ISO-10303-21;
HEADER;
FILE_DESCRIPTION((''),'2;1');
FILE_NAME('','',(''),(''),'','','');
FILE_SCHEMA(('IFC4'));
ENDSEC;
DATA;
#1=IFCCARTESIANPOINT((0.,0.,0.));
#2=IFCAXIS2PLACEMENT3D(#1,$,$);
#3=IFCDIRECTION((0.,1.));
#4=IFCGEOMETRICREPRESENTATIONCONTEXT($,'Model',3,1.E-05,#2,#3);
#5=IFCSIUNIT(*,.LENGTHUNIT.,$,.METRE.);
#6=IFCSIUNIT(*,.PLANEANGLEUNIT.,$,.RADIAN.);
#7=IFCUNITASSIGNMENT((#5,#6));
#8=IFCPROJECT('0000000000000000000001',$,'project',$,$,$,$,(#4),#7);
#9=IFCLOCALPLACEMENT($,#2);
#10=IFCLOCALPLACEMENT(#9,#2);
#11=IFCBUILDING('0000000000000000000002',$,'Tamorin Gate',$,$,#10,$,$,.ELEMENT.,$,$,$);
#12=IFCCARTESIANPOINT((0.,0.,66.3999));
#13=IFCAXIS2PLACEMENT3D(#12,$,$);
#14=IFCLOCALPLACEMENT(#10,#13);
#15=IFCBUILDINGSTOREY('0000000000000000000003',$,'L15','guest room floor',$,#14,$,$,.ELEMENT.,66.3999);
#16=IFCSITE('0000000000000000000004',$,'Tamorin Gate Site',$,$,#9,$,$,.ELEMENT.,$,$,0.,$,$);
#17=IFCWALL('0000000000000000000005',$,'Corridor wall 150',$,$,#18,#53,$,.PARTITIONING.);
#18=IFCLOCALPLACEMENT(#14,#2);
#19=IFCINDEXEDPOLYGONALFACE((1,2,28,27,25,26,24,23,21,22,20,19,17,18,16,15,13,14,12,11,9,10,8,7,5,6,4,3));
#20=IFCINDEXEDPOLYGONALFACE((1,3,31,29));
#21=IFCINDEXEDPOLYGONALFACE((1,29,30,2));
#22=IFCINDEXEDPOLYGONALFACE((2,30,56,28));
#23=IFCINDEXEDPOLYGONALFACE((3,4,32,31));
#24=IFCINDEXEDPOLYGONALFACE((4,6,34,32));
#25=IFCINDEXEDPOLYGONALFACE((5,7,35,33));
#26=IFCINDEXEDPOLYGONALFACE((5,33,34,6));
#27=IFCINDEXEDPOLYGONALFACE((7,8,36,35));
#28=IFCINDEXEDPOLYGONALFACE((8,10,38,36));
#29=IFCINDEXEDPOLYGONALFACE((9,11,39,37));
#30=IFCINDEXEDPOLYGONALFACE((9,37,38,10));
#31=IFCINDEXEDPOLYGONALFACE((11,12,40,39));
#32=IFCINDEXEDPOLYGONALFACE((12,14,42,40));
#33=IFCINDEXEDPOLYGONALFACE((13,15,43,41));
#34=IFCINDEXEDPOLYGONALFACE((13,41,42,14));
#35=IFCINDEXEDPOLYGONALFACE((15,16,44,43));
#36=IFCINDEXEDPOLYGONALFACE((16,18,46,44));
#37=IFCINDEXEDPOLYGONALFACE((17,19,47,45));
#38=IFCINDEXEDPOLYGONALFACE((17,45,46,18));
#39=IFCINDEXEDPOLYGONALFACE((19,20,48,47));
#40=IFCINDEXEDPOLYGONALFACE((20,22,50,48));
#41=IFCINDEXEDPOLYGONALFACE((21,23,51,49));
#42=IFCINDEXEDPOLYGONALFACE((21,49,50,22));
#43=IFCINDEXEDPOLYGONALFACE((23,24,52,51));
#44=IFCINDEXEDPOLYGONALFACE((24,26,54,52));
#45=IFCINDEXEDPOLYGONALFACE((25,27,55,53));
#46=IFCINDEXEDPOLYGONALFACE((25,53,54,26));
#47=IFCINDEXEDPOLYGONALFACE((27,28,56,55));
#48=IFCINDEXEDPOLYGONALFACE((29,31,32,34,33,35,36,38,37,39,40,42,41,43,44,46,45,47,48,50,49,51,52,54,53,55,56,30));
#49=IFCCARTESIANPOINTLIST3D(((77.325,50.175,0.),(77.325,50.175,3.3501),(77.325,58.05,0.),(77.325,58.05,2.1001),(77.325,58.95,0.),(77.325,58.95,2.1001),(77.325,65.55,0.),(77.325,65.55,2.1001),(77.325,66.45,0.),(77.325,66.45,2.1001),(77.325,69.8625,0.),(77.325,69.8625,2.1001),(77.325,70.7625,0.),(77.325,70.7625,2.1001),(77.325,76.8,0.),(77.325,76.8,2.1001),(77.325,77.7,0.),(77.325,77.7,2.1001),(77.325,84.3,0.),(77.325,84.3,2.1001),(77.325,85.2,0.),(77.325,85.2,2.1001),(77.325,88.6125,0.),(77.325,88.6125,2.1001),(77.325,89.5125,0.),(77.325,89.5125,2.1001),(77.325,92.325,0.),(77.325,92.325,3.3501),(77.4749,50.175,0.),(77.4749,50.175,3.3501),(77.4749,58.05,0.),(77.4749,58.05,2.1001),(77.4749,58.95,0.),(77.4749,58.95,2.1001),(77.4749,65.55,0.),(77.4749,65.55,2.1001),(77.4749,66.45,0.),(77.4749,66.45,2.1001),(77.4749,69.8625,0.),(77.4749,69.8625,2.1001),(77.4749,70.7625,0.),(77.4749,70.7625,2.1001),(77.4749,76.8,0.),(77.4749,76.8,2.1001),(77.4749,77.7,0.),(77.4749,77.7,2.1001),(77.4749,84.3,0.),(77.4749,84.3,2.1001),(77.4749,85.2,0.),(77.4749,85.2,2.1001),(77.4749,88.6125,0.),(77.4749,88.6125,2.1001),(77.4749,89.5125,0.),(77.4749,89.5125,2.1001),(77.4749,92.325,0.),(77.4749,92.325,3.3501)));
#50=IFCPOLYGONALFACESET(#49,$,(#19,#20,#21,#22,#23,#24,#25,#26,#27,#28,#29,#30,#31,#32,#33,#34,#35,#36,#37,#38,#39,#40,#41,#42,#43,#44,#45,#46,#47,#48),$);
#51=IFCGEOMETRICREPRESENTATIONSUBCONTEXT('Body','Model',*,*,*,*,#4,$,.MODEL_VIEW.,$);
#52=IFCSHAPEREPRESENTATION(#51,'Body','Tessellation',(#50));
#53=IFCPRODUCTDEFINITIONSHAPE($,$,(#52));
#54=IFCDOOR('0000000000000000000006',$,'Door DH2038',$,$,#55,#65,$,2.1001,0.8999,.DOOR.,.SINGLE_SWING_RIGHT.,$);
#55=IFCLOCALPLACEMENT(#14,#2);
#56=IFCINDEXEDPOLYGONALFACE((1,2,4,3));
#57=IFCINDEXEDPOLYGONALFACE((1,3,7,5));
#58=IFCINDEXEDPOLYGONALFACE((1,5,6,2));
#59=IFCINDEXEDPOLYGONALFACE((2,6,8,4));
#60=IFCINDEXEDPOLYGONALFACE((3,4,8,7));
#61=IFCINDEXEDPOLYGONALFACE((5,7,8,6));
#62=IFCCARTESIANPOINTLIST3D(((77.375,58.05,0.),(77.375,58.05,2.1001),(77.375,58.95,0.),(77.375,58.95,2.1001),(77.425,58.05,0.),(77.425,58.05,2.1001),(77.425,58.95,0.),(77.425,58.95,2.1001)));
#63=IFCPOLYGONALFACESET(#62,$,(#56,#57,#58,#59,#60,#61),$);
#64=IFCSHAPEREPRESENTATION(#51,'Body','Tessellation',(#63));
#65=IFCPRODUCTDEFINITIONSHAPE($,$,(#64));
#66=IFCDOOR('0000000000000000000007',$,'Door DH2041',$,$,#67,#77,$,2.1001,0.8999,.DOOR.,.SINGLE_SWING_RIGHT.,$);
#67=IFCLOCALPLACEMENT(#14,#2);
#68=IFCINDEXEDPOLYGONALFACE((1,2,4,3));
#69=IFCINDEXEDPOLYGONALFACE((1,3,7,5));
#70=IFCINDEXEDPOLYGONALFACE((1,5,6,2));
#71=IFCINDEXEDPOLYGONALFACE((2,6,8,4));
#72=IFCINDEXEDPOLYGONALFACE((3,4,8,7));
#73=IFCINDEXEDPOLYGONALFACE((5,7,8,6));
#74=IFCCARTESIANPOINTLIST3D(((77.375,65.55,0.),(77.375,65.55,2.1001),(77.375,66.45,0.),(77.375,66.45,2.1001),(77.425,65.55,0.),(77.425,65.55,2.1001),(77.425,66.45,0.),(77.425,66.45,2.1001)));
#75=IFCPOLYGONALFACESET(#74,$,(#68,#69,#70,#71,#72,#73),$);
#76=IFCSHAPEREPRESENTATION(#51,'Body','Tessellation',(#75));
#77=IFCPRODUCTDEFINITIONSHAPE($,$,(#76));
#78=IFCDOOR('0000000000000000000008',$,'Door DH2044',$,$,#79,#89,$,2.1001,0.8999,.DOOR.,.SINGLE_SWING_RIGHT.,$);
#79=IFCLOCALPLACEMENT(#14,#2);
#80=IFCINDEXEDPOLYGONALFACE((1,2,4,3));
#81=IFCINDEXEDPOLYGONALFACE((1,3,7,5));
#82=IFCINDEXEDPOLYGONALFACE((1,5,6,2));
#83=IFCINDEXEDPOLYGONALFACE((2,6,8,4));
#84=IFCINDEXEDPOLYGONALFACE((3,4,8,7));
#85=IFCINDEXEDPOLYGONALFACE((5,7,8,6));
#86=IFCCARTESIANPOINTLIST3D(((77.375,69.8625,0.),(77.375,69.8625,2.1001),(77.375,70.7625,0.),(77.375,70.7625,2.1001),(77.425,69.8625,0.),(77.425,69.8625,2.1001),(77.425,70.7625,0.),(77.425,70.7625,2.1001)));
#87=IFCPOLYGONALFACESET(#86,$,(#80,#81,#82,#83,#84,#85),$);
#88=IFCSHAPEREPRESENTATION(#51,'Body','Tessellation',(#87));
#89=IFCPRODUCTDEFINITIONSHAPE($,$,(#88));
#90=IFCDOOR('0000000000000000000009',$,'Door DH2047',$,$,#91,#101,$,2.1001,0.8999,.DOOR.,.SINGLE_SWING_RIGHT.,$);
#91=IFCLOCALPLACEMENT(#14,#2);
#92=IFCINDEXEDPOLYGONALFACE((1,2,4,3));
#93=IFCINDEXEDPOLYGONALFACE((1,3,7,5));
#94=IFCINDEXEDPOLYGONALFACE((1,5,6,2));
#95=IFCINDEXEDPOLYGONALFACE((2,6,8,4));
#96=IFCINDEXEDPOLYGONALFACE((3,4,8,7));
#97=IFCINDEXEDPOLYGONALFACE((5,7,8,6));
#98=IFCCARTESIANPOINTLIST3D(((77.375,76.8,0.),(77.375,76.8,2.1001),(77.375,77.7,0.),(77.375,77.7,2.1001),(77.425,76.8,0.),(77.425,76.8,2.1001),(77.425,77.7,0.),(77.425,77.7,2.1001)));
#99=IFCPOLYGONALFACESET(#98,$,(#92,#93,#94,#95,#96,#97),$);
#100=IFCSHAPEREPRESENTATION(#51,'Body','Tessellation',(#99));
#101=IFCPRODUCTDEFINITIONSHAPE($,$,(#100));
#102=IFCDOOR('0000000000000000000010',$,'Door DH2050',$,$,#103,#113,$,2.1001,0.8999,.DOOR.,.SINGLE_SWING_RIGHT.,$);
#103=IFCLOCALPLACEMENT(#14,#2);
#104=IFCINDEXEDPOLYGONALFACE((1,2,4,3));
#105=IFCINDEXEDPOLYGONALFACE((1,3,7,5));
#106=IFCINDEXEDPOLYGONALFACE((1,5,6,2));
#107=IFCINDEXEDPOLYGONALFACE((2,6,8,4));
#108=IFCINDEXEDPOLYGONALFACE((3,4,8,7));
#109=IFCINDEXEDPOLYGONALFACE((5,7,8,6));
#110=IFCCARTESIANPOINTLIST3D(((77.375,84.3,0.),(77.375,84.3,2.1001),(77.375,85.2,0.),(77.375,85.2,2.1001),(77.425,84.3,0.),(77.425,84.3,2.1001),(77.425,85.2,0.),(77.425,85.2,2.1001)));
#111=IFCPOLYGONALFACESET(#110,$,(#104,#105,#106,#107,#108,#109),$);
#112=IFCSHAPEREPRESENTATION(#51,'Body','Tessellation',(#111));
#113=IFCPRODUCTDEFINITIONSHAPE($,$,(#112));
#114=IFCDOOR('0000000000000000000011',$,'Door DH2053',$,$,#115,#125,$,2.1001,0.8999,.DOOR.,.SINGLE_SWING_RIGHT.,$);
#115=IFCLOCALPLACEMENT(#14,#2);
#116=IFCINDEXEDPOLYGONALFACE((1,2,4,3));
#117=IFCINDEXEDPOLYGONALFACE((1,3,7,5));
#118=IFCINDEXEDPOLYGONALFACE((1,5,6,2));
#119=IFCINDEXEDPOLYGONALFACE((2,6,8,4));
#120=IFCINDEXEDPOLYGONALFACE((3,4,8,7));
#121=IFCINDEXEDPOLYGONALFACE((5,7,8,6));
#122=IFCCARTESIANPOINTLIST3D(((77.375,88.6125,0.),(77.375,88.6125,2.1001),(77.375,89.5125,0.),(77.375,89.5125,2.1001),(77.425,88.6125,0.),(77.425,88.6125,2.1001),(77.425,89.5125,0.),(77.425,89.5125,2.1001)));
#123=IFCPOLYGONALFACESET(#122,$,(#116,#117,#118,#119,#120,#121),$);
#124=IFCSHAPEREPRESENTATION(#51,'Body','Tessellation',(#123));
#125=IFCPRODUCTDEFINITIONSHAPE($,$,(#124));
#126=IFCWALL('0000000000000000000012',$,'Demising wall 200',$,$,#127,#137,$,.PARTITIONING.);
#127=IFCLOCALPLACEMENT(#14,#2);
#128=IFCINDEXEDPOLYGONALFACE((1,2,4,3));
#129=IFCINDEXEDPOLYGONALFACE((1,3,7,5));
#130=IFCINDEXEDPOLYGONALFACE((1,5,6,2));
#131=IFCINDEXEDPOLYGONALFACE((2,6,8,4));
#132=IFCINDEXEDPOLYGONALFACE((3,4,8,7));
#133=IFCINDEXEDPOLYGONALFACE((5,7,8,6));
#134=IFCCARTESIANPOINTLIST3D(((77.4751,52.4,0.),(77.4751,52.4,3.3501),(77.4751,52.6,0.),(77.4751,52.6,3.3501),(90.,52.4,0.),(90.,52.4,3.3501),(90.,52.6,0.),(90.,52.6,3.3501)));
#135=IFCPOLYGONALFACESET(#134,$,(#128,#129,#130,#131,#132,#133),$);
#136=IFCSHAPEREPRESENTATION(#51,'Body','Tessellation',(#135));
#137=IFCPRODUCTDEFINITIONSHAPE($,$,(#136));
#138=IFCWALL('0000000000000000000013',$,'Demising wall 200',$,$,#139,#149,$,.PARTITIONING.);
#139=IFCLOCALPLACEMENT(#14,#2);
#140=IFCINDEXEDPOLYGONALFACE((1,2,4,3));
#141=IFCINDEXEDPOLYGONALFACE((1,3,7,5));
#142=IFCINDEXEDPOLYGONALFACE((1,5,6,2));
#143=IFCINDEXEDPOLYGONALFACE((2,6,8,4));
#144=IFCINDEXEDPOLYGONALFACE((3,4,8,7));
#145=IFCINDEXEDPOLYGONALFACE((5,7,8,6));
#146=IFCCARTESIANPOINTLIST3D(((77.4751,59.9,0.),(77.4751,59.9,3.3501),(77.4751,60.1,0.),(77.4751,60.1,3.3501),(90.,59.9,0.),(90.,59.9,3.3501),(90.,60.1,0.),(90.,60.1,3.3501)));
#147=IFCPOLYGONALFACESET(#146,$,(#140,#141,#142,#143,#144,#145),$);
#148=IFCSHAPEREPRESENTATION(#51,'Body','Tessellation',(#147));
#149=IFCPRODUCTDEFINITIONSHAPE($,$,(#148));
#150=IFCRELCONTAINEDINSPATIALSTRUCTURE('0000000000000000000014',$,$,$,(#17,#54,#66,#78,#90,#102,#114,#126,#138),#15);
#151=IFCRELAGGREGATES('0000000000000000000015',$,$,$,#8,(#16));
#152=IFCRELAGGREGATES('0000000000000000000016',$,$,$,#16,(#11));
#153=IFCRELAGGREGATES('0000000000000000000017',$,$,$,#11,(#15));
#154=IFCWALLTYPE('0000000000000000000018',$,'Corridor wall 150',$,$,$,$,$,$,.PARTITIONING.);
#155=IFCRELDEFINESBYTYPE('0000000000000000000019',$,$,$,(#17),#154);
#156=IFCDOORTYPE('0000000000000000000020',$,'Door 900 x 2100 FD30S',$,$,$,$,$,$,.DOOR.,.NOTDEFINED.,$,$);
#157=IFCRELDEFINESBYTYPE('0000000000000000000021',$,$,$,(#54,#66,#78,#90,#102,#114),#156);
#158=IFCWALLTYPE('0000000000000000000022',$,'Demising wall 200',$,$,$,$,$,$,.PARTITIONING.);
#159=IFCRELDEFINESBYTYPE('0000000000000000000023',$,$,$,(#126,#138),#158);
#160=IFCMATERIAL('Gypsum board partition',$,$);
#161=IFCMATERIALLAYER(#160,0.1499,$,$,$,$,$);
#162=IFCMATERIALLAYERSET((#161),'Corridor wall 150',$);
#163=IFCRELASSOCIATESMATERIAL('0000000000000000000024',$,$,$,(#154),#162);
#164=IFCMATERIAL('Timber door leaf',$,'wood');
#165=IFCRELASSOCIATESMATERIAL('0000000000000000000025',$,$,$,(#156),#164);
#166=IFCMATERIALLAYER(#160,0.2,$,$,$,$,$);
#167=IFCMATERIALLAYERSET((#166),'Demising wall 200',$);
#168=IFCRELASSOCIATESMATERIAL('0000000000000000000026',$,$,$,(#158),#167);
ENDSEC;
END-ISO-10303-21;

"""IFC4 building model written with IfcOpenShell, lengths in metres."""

from ifc_helpers import new_model, si_unit, direction, frame, frame_2d, origin, place, context, subcontext, project, spatial, rectangle, extrude, material, layer, layer_set, type_object, element, fill, save


model = new_model("IFC4")

# Units and contexts
model_context = context("Model", 3, precision=1e-05, world=origin(), true_north=direction((0.0, 1.0)))
body_context = subcontext(model_context, "Body", "Model", "MODEL_VIEW")
ifc_project = project(units=[si_unit("LENGTHUNIT", "METRE"), si_unit("PLANEANGLEUNIT", "RADIAN")], contexts=[model_context])

# Site, building, storey
site_placement = place(None, origin())
site = spatial("IfcSite", under=ifc_project, at=site_placement, Name="Tamorin Gate Site", CompositionType="ELEMENT", RefElevation=0.0)
building_placement = place(site_placement, origin())
building = spatial("IfcBuilding", under=site, at=building_placement, Name="Tamorin Gate", CompositionType="ELEMENT")
storey_placement = place(building_placement, frame((0.0, 0.0, 66.3999)))
storey = spatial("IfcBuildingStorey", under=building, at=storey_placement, Name="L15", Description="guest room floor", CompositionType="ELEMENT", Elevation=66.3999)

# Shared definitions
ifc_material_1 = material(Name="Gypsum board partition")
ifc_layer_1 = layer(ifc_material_1, 0.1499)
ifc_layer_set_1 = layer_set([ifc_layer_1], Name="Corridor wall 150")
wall_type_1 = type_object("IfcWallType", Name="Corridor wall 150", PredefinedType="PARTITIONING", material=ifc_layer_set_1)
ifc_material_2 = material(Name="Timber door leaf", Category="wood")
door_type_1 = type_object("IfcDoorType", Name="Door 900 x 2100 FD30S", OperationType="NOTDEFINED", PredefinedType="DOOR", material=ifc_material_2)

# Wall, openings, doors
wall_1_placement = place(storey_placement, frame((77.3999, 50.175, 0.0), z_axis=(0.0, 0.0, 1.0), x_axis=(0.0, 1.0, 0.0)))
wall_1 = element("IfcWall", 1, at=wall_1_placement, inside=storey, type_object=wall_type_1, Name="Corridor wall 150", PredefinedType="PARTITIONING", context=body_context, shape_type="SweptSolid", body=[
    extrude(rectangle(XDim=42.1499, YDim=0.1499, at=frame_2d((21.075, 0.0))), origin(), (0.0, 0.0, 1.0), 3.3501),
])
opening_1_placement = place(wall_1_placement, frame((7.875, 0.0, 0.0)))
opening_1 = element("IfcOpeningElement", 2, at=opening_1_placement, cuts=wall_1, PredefinedType="OPENING", context=body_context, shape_type="SweptSolid", body=[
    extrude(rectangle(XDim=0.8999, YDim=2.1001, at=frame_2d((0.45, 1.05))), frame((0.0, 0.085, 0.0), z_axis=(0.0, -1.0, 0.0), x_axis=(1.0, 0.0, 0.0)), (0.0, 0.0, 1.0), 0.1699),
])
opening_2_placement = place(wall_1_placement, frame((15.375, 0.0, 0.0)))
opening_2 = element("IfcOpeningElement", 3, at=opening_2_placement, cuts=wall_1, PredefinedType="OPENING", context=body_context, shape_type="SweptSolid", body=[
    extrude(rectangle(XDim=0.8999, YDim=2.1001, at=frame_2d((0.45, 1.05))), frame((0.0, 0.085, 0.0), z_axis=(0.0, -1.0, 0.0), x_axis=(1.0, 0.0, 0.0)), (0.0, 0.0, 1.0), 0.1699),
])
opening_3_placement = place(wall_1_placement, frame((19.6875, 0.0, 0.0)))
opening_3 = element("IfcOpeningElement", 4, at=opening_3_placement, cuts=wall_1, PredefinedType="OPENING", context=body_context, shape_type="SweptSolid", body=[
    extrude(rectangle(XDim=0.8999, YDim=2.1001, at=frame_2d((0.45, 1.05))), frame((0.0, 0.085, 0.0), z_axis=(0.0, -1.0, 0.0), x_axis=(1.0, 0.0, 0.0)), (0.0, 0.0, 1.0), 0.1699),
])
opening_4_placement = place(wall_1_placement, frame((26.625, 0.0, 0.0)))
opening_4 = element("IfcOpeningElement", 5, at=opening_4_placement, cuts=wall_1, PredefinedType="OPENING", context=body_context, shape_type="SweptSolid", body=[
    extrude(rectangle(XDim=0.8999, YDim=2.1001, at=frame_2d((0.45, 1.05))), frame((0.0, 0.085, 0.0), z_axis=(0.0, -1.0, 0.0), x_axis=(1.0, 0.0, 0.0)), (0.0, 0.0, 1.0), 0.1699),
])
opening_5_placement = place(wall_1_placement, frame((34.125, 0.0, 0.0)))
opening_5 = element("IfcOpeningElement", 6, at=opening_5_placement, cuts=wall_1, PredefinedType="OPENING", context=body_context, shape_type="SweptSolid", body=[
    extrude(rectangle(XDim=0.8999, YDim=2.1001, at=frame_2d((0.45, 1.05))), frame((0.0, 0.085, 0.0), z_axis=(0.0, -1.0, 0.0), x_axis=(1.0, 0.0, 0.0)), (0.0, 0.0, 1.0), 0.1699),
])
opening_6_placement = place(wall_1_placement, frame((38.4375, 0.0, 0.0)))
opening_6 = element("IfcOpeningElement", 7, at=opening_6_placement, cuts=wall_1, PredefinedType="OPENING", context=body_context, shape_type="SweptSolid", body=[
    extrude(rectangle(XDim=0.8999, YDim=2.1001, at=frame_2d((0.45, 1.05))), frame((0.0, 0.085, 0.0), z_axis=(0.0, -1.0, 0.0), x_axis=(1.0, 0.0, 0.0)), (0.0, 0.0, 1.0), 0.1699),
])
door_1_placement = place(opening_1_placement, origin())
door_1 = element("IfcDoor", 8, at=door_1_placement, inside=storey, type_object=door_type_1, Name="Door DH2038", OperationType="SINGLE_SWING_RIGHT", OverallHeight=2.1001, OverallWidth=0.8999, PredefinedType="DOOR", context=body_context, shape_type="SweptSolid", body=[
    extrude(rectangle(XDim=0.8999, YDim=2.1001, at=frame_2d((0.45, 1.05))), frame((0.0, 0.0249, 0.0), z_axis=(0.0, -1.0, 0.0), x_axis=(1.0, 0.0, 0.0)), (0.0, 0.0, 1.0), 0.05),
])
fill(opening_1, door_1)
door_2_placement = place(opening_2_placement, origin())
door_2 = element("IfcDoor", 9, at=door_2_placement, inside=storey, type_object=door_type_1, Name="Door DH2041", OperationType="SINGLE_SWING_RIGHT", OverallHeight=2.1001, OverallWidth=0.8999, PredefinedType="DOOR", context=body_context, shape_type="SweptSolid", body=[
    extrude(rectangle(XDim=0.8999, YDim=2.1001, at=frame_2d((0.45, 1.05))), frame((0.0, 0.0249, 0.0), z_axis=(0.0, -1.0, 0.0), x_axis=(1.0, 0.0, 0.0)), (0.0, 0.0, 1.0), 0.05),
])
fill(opening_2, door_2)
door_3_placement = place(opening_3_placement, origin())
door_3 = element("IfcDoor", 10, at=door_3_placement, inside=storey, type_object=door_type_1, Name="Door DH2044", OperationType="SINGLE_SWING_RIGHT", OverallHeight=2.1001, OverallWidth=0.8999, PredefinedType="DOOR", context=body_context, shape_type="SweptSolid", body=[
    extrude(rectangle(XDim=0.8999, YDim=2.1001, at=frame_2d((0.45, 1.05))), frame((0.0, 0.0249, 0.0), z_axis=(0.0, -1.0, 0.0), x_axis=(1.0, 0.0, 0.0)), (0.0, 0.0, 1.0), 0.05),
])
fill(opening_3, door_3)
door_4_placement = place(opening_4_placement, origin())
door_4 = element("IfcDoor", 11, at=door_4_placement, inside=storey, type_object=door_type_1, Name="Door DH2047", OperationType="SINGLE_SWING_RIGHT", OverallHeight=2.1001, OverallWidth=0.8999, PredefinedType="DOOR", context=body_context, shape_type="SweptSolid", body=[
    extrude(rectangle(XDim=0.8999, YDim=2.1001, at=frame_2d((0.45, 1.05))), frame((0.0, 0.0249, 0.0), z_axis=(0.0, -1.0, 0.0), x_axis=(1.0, 0.0, 0.0)), (0.0, 0.0, 1.0), 0.05),
])
fill(opening_4, door_4)
door_5_placement = place(opening_5_placement, origin())
door_5 = element("IfcDoor", 12, at=door_5_placement, inside=storey, type_object=door_type_1, Name="Door DH2050", OperationType="SINGLE_SWING_RIGHT", OverallHeight=2.1001, OverallWidth=0.8999, PredefinedType="DOOR", context=body_context, shape_type="SweptSolid", body=[
    extrude(rectangle(XDim=0.8999, YDim=2.1001, at=frame_2d((0.45, 1.05))), frame((0.0, 0.0249, 0.0), z_axis=(0.0, -1.0, 0.0), x_axis=(1.0, 0.0, 0.0)), (0.0, 0.0, 1.0), 0.05),
])
fill(opening_5, door_5)
door_6_placement = place(opening_6_placement, origin())
door_6 = element("IfcDoor", 13, at=door_6_placement, inside=storey, type_object=door_type_1, Name="Door DH2053", OperationType="SINGLE_SWING_RIGHT", OverallHeight=2.1001, OverallWidth=0.8999, PredefinedType="DOOR", context=body_context, shape_type="SweptSolid", body=[
    extrude(rectangle(XDim=0.8999, YDim=2.1001, at=frame_2d((0.45, 1.05))), frame((0.0, 0.0249, 0.0), z_axis=(0.0, -1.0, 0.0), x_axis=(1.0, 0.0, 0.0)), (0.0, 0.0, 1.0), 0.05),
])
fill(opening_6, door_6)

# Walls
ifc_layer_2 = layer(ifc_material_1, 0.2)
ifc_layer_set_2 = layer_set([ifc_layer_2], Name="Demising wall 200")
wall_type_2 = type_object("IfcWallType", Name="Demising wall 200", PredefinedType="PARTITIONING", material=ifc_layer_set_2)
for number, where, z_axis, x_axis, name in (
    (14, (77.4751, 52.5, 0.0), (0.0, 0.0, 1.0), (1.0, 0.0, 0.0), "Demising wall 200"),
    (15, (77.4751, 60.0, 0.0), (0.0, 0.0, 1.0), (1.0, 0.0, 0.0), "Demising wall 200"),
):
    element("IfcWall", number, at=place(storey_placement, frame(where, z_axis=z_axis, x_axis=x_axis)), inside=storey, type_object=wall_type_2, Name=name, PredefinedType="PARTITIONING", context=body_context, shape_type="SweptSolid", body=[
        extrude(rectangle(XDim=12.5249, YDim=0.2, at=frame_2d((6.2625, 0.0))), origin(), (0.0, 0.0, 1.0), 3.3501),
    ])

save(model, "model.ifc")
